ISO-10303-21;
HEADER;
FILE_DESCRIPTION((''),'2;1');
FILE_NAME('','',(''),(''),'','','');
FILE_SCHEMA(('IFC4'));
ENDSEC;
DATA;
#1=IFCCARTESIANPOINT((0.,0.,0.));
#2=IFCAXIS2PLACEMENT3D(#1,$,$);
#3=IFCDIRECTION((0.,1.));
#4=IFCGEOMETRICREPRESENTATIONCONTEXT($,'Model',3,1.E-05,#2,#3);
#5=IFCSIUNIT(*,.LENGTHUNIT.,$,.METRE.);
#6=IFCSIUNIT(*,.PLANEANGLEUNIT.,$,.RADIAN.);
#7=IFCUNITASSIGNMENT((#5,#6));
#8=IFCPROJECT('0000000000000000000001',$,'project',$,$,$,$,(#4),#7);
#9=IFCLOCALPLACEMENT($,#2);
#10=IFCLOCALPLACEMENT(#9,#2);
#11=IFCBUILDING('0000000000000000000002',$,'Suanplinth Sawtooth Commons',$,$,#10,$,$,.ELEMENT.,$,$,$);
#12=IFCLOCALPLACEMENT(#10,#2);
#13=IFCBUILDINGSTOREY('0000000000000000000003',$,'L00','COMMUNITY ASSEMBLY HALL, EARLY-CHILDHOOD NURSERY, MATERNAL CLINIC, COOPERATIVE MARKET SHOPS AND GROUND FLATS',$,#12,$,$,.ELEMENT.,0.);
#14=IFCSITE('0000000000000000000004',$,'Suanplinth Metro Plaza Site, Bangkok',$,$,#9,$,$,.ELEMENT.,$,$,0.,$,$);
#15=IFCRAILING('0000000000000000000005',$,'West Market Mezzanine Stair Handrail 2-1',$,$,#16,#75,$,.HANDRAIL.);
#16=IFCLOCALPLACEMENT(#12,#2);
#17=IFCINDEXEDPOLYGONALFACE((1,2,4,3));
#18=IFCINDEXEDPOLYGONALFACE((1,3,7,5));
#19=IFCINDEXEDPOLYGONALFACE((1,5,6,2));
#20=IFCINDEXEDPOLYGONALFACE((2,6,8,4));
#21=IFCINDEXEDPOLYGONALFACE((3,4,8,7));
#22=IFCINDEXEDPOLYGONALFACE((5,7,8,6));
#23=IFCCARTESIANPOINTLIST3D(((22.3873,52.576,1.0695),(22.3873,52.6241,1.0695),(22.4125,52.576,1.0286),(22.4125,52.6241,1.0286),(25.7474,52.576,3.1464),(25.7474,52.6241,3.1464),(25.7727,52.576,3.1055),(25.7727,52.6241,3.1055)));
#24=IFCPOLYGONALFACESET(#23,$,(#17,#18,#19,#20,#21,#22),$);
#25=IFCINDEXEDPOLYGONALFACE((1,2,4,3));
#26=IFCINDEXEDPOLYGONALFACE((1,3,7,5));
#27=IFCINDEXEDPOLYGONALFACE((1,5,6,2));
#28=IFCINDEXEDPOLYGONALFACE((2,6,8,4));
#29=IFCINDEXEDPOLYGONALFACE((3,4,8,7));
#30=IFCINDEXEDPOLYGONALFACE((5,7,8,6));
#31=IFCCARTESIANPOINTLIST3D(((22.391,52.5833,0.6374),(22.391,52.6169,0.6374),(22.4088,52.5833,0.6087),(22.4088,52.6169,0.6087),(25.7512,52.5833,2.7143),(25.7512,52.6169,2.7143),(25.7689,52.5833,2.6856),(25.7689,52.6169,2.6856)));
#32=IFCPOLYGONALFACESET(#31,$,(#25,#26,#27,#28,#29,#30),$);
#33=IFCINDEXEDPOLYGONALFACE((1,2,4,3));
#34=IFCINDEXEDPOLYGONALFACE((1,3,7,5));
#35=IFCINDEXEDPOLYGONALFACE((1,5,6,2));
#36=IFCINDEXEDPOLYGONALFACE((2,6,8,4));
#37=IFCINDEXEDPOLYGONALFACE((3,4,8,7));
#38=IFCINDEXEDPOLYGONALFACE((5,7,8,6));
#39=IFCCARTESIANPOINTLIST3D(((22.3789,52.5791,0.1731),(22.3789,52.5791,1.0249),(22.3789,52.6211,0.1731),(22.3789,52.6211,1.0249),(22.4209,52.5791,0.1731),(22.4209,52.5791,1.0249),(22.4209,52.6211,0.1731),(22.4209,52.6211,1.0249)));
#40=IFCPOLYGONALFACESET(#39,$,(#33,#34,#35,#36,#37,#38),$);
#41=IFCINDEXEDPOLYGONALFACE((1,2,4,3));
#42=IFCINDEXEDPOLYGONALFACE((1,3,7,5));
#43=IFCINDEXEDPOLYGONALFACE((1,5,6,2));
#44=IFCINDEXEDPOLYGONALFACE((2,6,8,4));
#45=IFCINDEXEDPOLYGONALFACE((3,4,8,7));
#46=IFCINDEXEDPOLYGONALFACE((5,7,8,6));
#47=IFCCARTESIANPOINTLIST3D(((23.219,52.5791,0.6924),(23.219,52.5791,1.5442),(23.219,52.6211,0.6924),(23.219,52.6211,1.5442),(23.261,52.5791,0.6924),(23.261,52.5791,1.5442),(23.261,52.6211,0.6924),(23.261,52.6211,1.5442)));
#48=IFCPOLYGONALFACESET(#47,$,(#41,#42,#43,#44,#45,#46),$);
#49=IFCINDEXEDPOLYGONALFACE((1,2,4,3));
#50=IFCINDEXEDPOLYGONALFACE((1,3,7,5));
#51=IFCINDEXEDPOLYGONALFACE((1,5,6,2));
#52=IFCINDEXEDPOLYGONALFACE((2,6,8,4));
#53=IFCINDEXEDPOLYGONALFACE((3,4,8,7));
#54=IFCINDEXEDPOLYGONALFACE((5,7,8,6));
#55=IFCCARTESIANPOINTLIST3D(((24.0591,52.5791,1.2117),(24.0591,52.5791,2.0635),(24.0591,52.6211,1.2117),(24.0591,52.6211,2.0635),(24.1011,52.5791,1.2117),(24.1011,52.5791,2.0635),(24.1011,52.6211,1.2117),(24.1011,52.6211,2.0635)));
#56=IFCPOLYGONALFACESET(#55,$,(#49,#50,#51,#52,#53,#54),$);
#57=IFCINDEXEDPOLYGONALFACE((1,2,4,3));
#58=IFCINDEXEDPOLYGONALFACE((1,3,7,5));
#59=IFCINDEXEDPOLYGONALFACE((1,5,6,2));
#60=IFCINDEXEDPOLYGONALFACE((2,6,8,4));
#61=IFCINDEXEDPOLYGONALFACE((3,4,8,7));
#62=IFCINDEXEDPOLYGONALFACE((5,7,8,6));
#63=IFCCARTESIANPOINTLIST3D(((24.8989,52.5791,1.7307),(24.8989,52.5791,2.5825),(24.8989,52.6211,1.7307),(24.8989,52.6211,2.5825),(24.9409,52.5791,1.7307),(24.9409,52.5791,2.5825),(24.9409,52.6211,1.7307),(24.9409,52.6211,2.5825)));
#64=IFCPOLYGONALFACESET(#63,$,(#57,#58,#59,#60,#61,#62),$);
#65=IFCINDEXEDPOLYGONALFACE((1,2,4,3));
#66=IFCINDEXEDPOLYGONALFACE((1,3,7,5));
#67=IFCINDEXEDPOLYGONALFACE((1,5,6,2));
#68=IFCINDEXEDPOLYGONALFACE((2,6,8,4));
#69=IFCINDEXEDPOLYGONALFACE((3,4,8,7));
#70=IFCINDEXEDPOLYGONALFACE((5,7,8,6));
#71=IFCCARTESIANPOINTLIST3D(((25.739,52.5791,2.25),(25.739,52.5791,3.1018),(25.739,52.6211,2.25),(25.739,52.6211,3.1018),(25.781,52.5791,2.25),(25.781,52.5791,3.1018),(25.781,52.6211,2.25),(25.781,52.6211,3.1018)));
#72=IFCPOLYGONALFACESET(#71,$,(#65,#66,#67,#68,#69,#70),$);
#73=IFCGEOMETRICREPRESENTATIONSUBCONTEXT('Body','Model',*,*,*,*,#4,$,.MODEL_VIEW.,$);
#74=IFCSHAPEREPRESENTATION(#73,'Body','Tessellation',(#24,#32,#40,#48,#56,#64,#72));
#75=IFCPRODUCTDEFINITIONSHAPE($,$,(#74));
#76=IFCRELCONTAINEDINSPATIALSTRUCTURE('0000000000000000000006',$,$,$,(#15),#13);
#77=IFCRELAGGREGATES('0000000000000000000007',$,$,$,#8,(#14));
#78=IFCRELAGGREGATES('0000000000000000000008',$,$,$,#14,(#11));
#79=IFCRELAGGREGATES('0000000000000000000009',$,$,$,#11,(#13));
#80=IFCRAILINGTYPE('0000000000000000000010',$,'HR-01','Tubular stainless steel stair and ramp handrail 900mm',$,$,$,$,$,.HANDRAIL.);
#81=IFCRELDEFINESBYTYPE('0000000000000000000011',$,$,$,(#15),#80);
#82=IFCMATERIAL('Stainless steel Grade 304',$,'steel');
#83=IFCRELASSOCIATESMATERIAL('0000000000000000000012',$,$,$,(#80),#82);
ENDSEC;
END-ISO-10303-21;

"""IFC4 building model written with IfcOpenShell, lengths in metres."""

from ifc_helpers import new_model, si_unit, direction, frame, origin, origin_2d, place, context, subcontext, project, spatial, rectangle, extrude, material, type_object, element, save


model = new_model("IFC4")

# Units and contexts
model_context = context("Model", 3, precision=1e-05, world=origin(), true_north=direction((0.0, 1.0)))
body_context = subcontext(model_context, "Body", "Model", "MODEL_VIEW")
ifc_project = project(units=[si_unit("LENGTHUNIT", "METRE"), si_unit("PLANEANGLEUNIT", "RADIAN")], contexts=[model_context])

# Site, building, storey
site_placement = place(None, origin())
site = spatial("IfcSite", under=ifc_project, at=site_placement, Name="Suanplinth Metro Plaza Site, Bangkok", CompositionType="ELEMENT", RefElevation=0.0)
building_placement = place(site_placement, origin())
building = spatial("IfcBuilding", under=site, at=building_placement, Name="Suanplinth Sawtooth Commons", CompositionType="ELEMENT")
storey_placement = place(building_placement, origin())
storey = spatial("IfcBuildingStorey", under=building, at=storey_placement, Name="L00", Description="COMMUNITY ASSEMBLY HALL, EARLY-CHILDHOOD NURSERY, MATERNAL CLINIC, COOPERATIVE MARKET SHOPS AND GROUND FLATS", CompositionType="ELEMENT", Elevation=0.0)

# Railing
ifc_material_1 = material(Name="Stainless steel Grade 304", Category="steel")
railing_type_1 = type_object("IfcRailingType", Name="HR-01", Description="Tubular stainless steel stair and ramp handrail 900mm", PredefinedType="HANDRAIL", material=ifc_material_1)
railing_1_placement = place(storey_placement, frame((22.3999, 52.6001, 0.1731)))
element("IfcRailing", 1, at=railing_1_placement, inside=storey, type_object=railing_type_1, Name="West Market Mezzanine Stair Handrail 2-1", PredefinedType="HANDRAIL", context=body_context, shape_type="SweptSolid", body=[
    extrude(rectangle(XDim=0.0481, YDim=0.0481, at=origin_2d()), frame((0.0, 0.0, 0.876), z_axis=(0.850623, 0.0, 0.525776), x_axis=(0.0, 1.0, 0.0)), (0.0, 0.0, 1.0), 3.9502),
    extrude(rectangle(XDim=0.0337, YDim=0.0337, at=origin_2d()), frame((0.0, 0.0, 0.45), z_axis=(0.850623, 0.0, 0.525776), x_axis=(0.0, 1.0, 0.0)), (0.0, 0.0, 1.0), 3.9502),
    extrude(rectangle(XDim=0.042, YDim=0.042, at=origin_2d()), origin(), (0.0, 0.0, 1.0), 0.8518),
    extrude(rectangle(XDim=0.042, YDim=0.042, at=origin_2d()), frame((0.8401, 0.0, 0.5193)), (0.0, 0.0, 1.0), 0.8518),
    extrude(rectangle(XDim=0.042, YDim=0.042, at=origin_2d()), frame((1.6802, 0.0, 1.0386)), (0.0, 0.0, 1.0), 0.8518),
    extrude(rectangle(XDim=0.042, YDim=0.042, at=origin_2d()), frame((2.52, 0.0, 1.5576)), (0.0, 0.0, 1.0), 0.8518),
    extrude(rectangle(XDim=0.042, YDim=0.042, at=origin_2d()), frame((3.3601, 0.0, 2.0769)), (0.0, 0.0, 1.0), 0.8518),
])

save(model, "model.ifc")
